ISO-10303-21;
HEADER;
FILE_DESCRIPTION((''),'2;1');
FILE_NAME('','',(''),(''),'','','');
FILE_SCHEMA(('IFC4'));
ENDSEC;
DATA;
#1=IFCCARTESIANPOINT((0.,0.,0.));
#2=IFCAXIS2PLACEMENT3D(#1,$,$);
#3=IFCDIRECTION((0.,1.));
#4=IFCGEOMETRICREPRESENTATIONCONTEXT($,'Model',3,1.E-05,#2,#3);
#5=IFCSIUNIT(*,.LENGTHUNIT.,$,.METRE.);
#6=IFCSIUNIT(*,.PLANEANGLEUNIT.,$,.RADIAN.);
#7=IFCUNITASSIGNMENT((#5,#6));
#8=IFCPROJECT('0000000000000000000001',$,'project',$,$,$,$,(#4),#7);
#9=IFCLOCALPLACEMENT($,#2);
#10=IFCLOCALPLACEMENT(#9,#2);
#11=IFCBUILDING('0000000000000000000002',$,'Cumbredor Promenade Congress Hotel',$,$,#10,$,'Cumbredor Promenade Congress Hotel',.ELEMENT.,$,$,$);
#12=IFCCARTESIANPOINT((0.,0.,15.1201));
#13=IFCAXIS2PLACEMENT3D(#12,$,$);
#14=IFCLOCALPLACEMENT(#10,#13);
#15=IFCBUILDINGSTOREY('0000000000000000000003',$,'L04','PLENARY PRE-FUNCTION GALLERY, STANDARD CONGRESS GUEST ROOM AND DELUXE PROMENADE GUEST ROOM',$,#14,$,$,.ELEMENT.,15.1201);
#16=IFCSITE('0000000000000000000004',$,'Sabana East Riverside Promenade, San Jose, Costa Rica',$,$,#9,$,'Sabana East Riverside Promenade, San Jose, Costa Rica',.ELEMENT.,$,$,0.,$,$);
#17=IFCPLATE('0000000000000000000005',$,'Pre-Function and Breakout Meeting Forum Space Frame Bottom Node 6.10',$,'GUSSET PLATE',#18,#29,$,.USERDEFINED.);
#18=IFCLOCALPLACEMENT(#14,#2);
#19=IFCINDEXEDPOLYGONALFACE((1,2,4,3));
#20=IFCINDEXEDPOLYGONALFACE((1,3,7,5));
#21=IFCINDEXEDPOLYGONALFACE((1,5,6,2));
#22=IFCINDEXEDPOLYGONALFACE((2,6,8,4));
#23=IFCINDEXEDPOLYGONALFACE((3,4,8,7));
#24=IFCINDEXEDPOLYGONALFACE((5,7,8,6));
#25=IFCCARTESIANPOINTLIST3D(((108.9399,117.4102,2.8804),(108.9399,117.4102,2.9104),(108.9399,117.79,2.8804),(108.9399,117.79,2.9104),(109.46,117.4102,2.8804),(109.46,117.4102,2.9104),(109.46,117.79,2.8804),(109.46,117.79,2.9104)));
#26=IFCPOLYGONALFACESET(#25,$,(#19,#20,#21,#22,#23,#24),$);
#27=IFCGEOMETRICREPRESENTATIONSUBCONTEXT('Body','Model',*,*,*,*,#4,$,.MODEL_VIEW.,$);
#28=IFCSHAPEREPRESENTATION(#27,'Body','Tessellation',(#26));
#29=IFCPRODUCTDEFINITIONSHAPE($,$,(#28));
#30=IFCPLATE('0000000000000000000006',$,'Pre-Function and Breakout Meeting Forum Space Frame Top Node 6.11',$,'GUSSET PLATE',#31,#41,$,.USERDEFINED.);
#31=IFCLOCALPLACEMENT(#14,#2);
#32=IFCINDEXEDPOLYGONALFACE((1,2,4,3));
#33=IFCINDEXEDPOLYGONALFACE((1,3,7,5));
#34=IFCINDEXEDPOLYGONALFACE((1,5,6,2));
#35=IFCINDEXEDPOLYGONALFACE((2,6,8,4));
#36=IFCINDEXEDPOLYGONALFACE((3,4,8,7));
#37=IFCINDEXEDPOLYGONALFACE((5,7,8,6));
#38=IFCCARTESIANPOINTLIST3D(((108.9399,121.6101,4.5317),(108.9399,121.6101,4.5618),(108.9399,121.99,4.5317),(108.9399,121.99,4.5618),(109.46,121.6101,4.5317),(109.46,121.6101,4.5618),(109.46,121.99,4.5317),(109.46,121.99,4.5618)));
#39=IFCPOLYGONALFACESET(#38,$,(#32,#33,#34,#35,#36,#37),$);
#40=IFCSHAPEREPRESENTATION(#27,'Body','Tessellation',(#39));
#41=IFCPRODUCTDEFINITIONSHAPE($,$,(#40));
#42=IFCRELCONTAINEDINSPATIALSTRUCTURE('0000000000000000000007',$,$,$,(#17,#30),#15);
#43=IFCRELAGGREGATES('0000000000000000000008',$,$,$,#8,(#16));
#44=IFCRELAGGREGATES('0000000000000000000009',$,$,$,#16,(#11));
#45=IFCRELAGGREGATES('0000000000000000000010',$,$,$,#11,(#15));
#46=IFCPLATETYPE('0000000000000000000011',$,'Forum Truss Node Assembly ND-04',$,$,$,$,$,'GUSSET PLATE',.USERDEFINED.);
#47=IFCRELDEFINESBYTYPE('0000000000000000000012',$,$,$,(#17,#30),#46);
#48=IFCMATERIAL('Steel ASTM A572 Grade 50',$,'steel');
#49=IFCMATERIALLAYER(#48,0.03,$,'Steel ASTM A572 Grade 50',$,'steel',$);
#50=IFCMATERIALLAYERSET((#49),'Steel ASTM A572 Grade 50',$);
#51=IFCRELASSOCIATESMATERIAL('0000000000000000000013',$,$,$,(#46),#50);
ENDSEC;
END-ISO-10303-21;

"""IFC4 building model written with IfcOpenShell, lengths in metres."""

from ifc_helpers import new_model, si_unit, direction, frame, origin, origin_2d, place, context, subcontext, project, spatial, rectangle, extrude, material, layer, layer_set, type_object, element, save


model = new_model("IFC4")

# Units and contexts
model_context = context("Model", 3, precision=1e-05, world=origin(), true_north=direction((0.0, 1.0)))
body_context = subcontext(model_context, "Body", "Model", "MODEL_VIEW")
ifc_project = project(units=[si_unit("LENGTHUNIT", "METRE"), si_unit("PLANEANGLEUNIT", "RADIAN")], contexts=[model_context])

# Site, building, storey
site_placement = place(None, origin())
site = spatial("IfcSite", under=ifc_project, at=site_placement, Name="Sabana East Riverside Promenade, San Jose, Costa Rica", LongName="Sabana East Riverside Promenade, San Jose, Costa Rica", CompositionType="ELEMENT", RefElevation=0.0)
building_placement = place(site_placement, origin())
building = spatial("IfcBuilding", under=site, at=building_placement, Name="Cumbredor Promenade Congress Hotel", LongName="Cumbredor Promenade Congress Hotel", CompositionType="ELEMENT")
storey_placement = place(building_placement, frame((0.0, 0.0, 15.1201)))
storey = spatial("IfcBuildingStorey", under=building, at=storey_placement, Name="L04", Description="PLENARY PRE-FUNCTION GALLERY, STANDARD CONGRESS GUEST ROOM AND DELUXE PROMENADE GUEST ROOM", CompositionType="ELEMENT", Elevation=15.1201)

# Plates
ifc_material_1 = material(Name="Steel ASTM A572 Grade 50", Category="steel")
ifc_layer_1 = layer(ifc_material_1, 0.03, Name="Steel ASTM A572 Grade 50", Category="steel")
ifc_layer_set_1 = layer_set([ifc_layer_1], Name="Steel ASTM A572 Grade 50")
plate_type_1 = type_object("IfcPlateType", Name="Forum Truss Node Assembly ND-04", ElementType="GUSSET PLATE", PredefinedType="USERDEFINED", material=ifc_layer_set_1)
for number, where, z_axis, x_axis, name in (
    (1, (109.2, 117.6001, 2.8804), (0.0, 0.0, 1.0), (1.0, 0.0, 0.0), "Pre-Function and Breakout Meeting Forum Space Frame Bottom Node 6.10"),
    (2, (109.2, 121.8, 4.5317), (0.0, 0.0, 1.0), (1.0, 0.0, 0.0), "Pre-Function and Breakout Meeting Forum Space Frame Top Node 6.11"),
):
    element("IfcPlate", number, at=place(storey_placement, frame(where, z_axis=z_axis, x_axis=x_axis)), inside=storey, type_object=plate_type_1, Name=name, ObjectType="GUSSET PLATE", PredefinedType="USERDEFINED", context=body_context, shape_type="SweptSolid", body=[
        extrude(rectangle(XDim=0.52, YDim=0.3799, at=origin_2d()), origin(), (0.0, 0.0, 1.0), 0.03),
    ])

save(model, "model.ifc")
